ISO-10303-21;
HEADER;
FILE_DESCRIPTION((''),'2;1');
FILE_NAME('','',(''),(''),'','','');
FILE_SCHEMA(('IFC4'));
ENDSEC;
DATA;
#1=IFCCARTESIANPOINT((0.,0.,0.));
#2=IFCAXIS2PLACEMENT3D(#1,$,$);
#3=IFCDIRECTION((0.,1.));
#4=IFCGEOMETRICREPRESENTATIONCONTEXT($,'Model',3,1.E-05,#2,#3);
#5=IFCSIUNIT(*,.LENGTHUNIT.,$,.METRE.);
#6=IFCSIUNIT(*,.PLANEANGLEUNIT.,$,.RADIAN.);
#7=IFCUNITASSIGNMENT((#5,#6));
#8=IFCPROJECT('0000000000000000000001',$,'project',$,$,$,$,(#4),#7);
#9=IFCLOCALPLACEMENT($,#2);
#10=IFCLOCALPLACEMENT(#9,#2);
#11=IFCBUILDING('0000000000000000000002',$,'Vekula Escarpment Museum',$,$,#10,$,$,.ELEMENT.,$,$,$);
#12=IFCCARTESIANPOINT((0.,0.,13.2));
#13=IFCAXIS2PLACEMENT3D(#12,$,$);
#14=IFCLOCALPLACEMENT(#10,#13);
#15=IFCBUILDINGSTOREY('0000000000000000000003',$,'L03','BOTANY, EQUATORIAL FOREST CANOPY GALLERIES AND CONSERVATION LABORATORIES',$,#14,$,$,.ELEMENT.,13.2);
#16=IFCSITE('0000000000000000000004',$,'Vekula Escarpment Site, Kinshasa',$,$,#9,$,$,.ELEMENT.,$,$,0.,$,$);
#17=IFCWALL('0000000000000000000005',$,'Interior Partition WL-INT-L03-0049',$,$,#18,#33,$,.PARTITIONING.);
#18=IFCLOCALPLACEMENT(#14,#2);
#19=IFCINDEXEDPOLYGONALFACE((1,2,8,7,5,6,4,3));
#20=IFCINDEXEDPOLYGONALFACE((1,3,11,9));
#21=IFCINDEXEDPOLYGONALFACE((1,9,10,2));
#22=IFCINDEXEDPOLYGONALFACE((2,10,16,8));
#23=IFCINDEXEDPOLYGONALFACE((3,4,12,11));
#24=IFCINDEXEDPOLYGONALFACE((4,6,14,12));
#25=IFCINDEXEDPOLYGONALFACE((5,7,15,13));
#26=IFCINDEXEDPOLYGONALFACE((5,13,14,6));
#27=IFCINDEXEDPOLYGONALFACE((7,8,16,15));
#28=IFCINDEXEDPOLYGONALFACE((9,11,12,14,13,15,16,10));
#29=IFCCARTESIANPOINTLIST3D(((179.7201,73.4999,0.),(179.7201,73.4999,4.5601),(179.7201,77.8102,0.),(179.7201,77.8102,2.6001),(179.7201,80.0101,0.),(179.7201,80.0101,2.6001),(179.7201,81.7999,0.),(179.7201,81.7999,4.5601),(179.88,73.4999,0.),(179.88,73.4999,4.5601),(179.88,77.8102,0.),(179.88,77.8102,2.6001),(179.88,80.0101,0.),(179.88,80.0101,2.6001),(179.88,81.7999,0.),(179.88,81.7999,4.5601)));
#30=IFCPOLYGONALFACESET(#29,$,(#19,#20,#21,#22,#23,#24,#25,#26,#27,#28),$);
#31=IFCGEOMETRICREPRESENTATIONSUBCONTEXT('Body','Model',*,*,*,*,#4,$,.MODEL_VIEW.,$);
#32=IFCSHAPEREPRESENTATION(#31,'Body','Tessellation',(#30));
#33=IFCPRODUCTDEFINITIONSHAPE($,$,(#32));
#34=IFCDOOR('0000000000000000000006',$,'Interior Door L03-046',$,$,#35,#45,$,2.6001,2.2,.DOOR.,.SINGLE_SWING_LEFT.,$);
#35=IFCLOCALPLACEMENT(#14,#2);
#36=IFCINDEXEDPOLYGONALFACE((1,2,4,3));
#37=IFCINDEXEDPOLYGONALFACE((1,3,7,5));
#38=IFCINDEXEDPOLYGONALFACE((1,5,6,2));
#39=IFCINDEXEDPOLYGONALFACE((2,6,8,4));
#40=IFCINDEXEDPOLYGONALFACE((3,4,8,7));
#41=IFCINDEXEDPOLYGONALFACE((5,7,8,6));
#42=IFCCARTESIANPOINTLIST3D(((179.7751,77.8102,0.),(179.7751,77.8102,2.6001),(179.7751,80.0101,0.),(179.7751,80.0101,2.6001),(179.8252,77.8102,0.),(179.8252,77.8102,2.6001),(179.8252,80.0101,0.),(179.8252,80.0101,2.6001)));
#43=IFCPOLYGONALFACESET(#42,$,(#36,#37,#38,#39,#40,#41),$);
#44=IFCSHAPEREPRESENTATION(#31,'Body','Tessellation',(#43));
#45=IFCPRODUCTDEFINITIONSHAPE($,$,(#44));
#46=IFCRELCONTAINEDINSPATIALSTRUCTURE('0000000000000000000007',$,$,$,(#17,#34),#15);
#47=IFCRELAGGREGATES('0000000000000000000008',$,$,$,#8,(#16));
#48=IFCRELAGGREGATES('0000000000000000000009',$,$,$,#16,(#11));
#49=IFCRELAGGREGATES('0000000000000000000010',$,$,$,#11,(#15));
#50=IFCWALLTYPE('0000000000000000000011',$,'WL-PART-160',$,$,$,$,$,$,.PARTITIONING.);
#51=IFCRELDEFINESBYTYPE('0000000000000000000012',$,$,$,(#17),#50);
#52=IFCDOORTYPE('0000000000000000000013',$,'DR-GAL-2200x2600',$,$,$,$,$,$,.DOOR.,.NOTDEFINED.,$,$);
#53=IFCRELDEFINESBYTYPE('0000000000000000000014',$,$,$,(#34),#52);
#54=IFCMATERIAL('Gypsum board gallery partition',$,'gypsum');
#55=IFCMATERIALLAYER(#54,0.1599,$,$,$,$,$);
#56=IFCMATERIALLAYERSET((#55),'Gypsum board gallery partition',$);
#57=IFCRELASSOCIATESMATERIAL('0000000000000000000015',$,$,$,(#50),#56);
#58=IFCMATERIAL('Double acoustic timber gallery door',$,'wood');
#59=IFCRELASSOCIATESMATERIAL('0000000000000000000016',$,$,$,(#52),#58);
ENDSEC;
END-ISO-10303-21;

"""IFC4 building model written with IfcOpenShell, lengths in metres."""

from ifc_helpers import new_model, si_unit, direction, frame, frame_2d, origin, place, context, subcontext, project, spatial, rectangle, extrude, material, layer, layer_set, type_object, element, fill, save


model = new_model("IFC4")

# Units and contexts
model_context = context("Model", 3, precision=1e-05, world=origin(), true_north=direction((0.0, 1.0)))
body_context = subcontext(model_context, "Body", "Model", "MODEL_VIEW")
ifc_project = project(units=[si_unit("LENGTHUNIT", "METRE"), si_unit("PLANEANGLEUNIT", "RADIAN")], contexts=[model_context])

# Site, building, storey
site_placement = place(None, origin())
site = spatial("IfcSite", under=ifc_project, at=site_placement, Name="Vekula Escarpment Site, Kinshasa", CompositionType="ELEMENT", RefElevation=0.0)
building_placement = place(site_placement, origin())
building = spatial("IfcBuilding", under=site, at=building_placement, Name="Vekula Escarpment Museum", CompositionType="ELEMENT")
storey_placement = place(building_placement, frame((0.0, 0.0, 13.2)))
storey = spatial("IfcBuildingStorey", under=building, at=storey_placement, Name="L03", Description="BOTANY, EQUATORIAL FOREST CANOPY GALLERIES AND CONSERVATION LABORATORIES", CompositionType="ELEMENT", Elevation=13.2)

# Wall, opening, door
ifc_material_1 = material(Name="Gypsum board gallery partition", Category="gypsum")
ifc_layer_1 = layer(ifc_material_1, 0.1599)
ifc_layer_set_1 = layer_set([ifc_layer_1], Name="Gypsum board gallery partition")
wall_type_1 = type_object("IfcWallType", Name="WL-PART-160", PredefinedType="PARTITIONING", material=ifc_layer_set_1)
wall_1_placement = place(storey_placement, frame((179.8, 73.5, 0.0), z_axis=(0.0, 0.0, 1.0), x_axis=(0.0, 1.0, 0.0)))
wall_1 = element("IfcWall", 1, at=wall_1_placement, inside=storey, type_object=wall_type_1, Name="Interior Partition WL-INT-L03-0049", PredefinedType="PARTITIONING", context=body_context, shape_type="SweptSolid", body=[
    extrude(rectangle(XDim=8.3, YDim=0.1599, at=frame_2d((4.1499, 0.0))), origin(), (0.0, 0.0, 1.0), 4.5601),
])
opening_1_placement = place(wall_1_placement, frame((4.3101, 0.0, 0.0)))
opening_1 = element("IfcOpeningElement", 2, at=opening_1_placement, cuts=wall_1, PredefinedType="OPENING", context=body_context, shape_type="SweptSolid", body=[
    extrude(rectangle(XDim=2.2, YDim=2.6001, at=frame_2d((1.1001, 1.3))), frame((0.0, 0.0898, 0.0), z_axis=(0.0, -1.0, 0.0), x_axis=(1.0, 0.0, 0.0)), (0.0, 0.0, 1.0), 0.1799),
])
ifc_material_2 = material(Name="Double acoustic timber gallery door", Category="wood")
door_type_1 = type_object("IfcDoorType", Name="DR-GAL-2200x2600", OperationType="NOTDEFINED", PredefinedType="DOOR", material=ifc_material_2)
door_1_placement = place(opening_1_placement, origin())
door_1 = element("IfcDoor", 3, at=door_1_placement, inside=storey, type_object=door_type_1, Name="Interior Door L03-046", OperationType="SINGLE_SWING_LEFT", OverallHeight=2.6001, OverallWidth=2.2, PredefinedType="DOOR", context=body_context, shape_type="SweptSolid", body=[
    extrude(rectangle(XDim=2.2, YDim=2.6001, at=frame_2d((1.1001, 1.3))), frame((0.0, 0.0249, 0.0), z_axis=(0.0, -1.0, 0.0), x_axis=(1.0, 0.0, 0.0)), (0.0, 0.0, 1.0), 0.05),
])
fill(opening_1, door_1)

save(model, "model.ifc")
